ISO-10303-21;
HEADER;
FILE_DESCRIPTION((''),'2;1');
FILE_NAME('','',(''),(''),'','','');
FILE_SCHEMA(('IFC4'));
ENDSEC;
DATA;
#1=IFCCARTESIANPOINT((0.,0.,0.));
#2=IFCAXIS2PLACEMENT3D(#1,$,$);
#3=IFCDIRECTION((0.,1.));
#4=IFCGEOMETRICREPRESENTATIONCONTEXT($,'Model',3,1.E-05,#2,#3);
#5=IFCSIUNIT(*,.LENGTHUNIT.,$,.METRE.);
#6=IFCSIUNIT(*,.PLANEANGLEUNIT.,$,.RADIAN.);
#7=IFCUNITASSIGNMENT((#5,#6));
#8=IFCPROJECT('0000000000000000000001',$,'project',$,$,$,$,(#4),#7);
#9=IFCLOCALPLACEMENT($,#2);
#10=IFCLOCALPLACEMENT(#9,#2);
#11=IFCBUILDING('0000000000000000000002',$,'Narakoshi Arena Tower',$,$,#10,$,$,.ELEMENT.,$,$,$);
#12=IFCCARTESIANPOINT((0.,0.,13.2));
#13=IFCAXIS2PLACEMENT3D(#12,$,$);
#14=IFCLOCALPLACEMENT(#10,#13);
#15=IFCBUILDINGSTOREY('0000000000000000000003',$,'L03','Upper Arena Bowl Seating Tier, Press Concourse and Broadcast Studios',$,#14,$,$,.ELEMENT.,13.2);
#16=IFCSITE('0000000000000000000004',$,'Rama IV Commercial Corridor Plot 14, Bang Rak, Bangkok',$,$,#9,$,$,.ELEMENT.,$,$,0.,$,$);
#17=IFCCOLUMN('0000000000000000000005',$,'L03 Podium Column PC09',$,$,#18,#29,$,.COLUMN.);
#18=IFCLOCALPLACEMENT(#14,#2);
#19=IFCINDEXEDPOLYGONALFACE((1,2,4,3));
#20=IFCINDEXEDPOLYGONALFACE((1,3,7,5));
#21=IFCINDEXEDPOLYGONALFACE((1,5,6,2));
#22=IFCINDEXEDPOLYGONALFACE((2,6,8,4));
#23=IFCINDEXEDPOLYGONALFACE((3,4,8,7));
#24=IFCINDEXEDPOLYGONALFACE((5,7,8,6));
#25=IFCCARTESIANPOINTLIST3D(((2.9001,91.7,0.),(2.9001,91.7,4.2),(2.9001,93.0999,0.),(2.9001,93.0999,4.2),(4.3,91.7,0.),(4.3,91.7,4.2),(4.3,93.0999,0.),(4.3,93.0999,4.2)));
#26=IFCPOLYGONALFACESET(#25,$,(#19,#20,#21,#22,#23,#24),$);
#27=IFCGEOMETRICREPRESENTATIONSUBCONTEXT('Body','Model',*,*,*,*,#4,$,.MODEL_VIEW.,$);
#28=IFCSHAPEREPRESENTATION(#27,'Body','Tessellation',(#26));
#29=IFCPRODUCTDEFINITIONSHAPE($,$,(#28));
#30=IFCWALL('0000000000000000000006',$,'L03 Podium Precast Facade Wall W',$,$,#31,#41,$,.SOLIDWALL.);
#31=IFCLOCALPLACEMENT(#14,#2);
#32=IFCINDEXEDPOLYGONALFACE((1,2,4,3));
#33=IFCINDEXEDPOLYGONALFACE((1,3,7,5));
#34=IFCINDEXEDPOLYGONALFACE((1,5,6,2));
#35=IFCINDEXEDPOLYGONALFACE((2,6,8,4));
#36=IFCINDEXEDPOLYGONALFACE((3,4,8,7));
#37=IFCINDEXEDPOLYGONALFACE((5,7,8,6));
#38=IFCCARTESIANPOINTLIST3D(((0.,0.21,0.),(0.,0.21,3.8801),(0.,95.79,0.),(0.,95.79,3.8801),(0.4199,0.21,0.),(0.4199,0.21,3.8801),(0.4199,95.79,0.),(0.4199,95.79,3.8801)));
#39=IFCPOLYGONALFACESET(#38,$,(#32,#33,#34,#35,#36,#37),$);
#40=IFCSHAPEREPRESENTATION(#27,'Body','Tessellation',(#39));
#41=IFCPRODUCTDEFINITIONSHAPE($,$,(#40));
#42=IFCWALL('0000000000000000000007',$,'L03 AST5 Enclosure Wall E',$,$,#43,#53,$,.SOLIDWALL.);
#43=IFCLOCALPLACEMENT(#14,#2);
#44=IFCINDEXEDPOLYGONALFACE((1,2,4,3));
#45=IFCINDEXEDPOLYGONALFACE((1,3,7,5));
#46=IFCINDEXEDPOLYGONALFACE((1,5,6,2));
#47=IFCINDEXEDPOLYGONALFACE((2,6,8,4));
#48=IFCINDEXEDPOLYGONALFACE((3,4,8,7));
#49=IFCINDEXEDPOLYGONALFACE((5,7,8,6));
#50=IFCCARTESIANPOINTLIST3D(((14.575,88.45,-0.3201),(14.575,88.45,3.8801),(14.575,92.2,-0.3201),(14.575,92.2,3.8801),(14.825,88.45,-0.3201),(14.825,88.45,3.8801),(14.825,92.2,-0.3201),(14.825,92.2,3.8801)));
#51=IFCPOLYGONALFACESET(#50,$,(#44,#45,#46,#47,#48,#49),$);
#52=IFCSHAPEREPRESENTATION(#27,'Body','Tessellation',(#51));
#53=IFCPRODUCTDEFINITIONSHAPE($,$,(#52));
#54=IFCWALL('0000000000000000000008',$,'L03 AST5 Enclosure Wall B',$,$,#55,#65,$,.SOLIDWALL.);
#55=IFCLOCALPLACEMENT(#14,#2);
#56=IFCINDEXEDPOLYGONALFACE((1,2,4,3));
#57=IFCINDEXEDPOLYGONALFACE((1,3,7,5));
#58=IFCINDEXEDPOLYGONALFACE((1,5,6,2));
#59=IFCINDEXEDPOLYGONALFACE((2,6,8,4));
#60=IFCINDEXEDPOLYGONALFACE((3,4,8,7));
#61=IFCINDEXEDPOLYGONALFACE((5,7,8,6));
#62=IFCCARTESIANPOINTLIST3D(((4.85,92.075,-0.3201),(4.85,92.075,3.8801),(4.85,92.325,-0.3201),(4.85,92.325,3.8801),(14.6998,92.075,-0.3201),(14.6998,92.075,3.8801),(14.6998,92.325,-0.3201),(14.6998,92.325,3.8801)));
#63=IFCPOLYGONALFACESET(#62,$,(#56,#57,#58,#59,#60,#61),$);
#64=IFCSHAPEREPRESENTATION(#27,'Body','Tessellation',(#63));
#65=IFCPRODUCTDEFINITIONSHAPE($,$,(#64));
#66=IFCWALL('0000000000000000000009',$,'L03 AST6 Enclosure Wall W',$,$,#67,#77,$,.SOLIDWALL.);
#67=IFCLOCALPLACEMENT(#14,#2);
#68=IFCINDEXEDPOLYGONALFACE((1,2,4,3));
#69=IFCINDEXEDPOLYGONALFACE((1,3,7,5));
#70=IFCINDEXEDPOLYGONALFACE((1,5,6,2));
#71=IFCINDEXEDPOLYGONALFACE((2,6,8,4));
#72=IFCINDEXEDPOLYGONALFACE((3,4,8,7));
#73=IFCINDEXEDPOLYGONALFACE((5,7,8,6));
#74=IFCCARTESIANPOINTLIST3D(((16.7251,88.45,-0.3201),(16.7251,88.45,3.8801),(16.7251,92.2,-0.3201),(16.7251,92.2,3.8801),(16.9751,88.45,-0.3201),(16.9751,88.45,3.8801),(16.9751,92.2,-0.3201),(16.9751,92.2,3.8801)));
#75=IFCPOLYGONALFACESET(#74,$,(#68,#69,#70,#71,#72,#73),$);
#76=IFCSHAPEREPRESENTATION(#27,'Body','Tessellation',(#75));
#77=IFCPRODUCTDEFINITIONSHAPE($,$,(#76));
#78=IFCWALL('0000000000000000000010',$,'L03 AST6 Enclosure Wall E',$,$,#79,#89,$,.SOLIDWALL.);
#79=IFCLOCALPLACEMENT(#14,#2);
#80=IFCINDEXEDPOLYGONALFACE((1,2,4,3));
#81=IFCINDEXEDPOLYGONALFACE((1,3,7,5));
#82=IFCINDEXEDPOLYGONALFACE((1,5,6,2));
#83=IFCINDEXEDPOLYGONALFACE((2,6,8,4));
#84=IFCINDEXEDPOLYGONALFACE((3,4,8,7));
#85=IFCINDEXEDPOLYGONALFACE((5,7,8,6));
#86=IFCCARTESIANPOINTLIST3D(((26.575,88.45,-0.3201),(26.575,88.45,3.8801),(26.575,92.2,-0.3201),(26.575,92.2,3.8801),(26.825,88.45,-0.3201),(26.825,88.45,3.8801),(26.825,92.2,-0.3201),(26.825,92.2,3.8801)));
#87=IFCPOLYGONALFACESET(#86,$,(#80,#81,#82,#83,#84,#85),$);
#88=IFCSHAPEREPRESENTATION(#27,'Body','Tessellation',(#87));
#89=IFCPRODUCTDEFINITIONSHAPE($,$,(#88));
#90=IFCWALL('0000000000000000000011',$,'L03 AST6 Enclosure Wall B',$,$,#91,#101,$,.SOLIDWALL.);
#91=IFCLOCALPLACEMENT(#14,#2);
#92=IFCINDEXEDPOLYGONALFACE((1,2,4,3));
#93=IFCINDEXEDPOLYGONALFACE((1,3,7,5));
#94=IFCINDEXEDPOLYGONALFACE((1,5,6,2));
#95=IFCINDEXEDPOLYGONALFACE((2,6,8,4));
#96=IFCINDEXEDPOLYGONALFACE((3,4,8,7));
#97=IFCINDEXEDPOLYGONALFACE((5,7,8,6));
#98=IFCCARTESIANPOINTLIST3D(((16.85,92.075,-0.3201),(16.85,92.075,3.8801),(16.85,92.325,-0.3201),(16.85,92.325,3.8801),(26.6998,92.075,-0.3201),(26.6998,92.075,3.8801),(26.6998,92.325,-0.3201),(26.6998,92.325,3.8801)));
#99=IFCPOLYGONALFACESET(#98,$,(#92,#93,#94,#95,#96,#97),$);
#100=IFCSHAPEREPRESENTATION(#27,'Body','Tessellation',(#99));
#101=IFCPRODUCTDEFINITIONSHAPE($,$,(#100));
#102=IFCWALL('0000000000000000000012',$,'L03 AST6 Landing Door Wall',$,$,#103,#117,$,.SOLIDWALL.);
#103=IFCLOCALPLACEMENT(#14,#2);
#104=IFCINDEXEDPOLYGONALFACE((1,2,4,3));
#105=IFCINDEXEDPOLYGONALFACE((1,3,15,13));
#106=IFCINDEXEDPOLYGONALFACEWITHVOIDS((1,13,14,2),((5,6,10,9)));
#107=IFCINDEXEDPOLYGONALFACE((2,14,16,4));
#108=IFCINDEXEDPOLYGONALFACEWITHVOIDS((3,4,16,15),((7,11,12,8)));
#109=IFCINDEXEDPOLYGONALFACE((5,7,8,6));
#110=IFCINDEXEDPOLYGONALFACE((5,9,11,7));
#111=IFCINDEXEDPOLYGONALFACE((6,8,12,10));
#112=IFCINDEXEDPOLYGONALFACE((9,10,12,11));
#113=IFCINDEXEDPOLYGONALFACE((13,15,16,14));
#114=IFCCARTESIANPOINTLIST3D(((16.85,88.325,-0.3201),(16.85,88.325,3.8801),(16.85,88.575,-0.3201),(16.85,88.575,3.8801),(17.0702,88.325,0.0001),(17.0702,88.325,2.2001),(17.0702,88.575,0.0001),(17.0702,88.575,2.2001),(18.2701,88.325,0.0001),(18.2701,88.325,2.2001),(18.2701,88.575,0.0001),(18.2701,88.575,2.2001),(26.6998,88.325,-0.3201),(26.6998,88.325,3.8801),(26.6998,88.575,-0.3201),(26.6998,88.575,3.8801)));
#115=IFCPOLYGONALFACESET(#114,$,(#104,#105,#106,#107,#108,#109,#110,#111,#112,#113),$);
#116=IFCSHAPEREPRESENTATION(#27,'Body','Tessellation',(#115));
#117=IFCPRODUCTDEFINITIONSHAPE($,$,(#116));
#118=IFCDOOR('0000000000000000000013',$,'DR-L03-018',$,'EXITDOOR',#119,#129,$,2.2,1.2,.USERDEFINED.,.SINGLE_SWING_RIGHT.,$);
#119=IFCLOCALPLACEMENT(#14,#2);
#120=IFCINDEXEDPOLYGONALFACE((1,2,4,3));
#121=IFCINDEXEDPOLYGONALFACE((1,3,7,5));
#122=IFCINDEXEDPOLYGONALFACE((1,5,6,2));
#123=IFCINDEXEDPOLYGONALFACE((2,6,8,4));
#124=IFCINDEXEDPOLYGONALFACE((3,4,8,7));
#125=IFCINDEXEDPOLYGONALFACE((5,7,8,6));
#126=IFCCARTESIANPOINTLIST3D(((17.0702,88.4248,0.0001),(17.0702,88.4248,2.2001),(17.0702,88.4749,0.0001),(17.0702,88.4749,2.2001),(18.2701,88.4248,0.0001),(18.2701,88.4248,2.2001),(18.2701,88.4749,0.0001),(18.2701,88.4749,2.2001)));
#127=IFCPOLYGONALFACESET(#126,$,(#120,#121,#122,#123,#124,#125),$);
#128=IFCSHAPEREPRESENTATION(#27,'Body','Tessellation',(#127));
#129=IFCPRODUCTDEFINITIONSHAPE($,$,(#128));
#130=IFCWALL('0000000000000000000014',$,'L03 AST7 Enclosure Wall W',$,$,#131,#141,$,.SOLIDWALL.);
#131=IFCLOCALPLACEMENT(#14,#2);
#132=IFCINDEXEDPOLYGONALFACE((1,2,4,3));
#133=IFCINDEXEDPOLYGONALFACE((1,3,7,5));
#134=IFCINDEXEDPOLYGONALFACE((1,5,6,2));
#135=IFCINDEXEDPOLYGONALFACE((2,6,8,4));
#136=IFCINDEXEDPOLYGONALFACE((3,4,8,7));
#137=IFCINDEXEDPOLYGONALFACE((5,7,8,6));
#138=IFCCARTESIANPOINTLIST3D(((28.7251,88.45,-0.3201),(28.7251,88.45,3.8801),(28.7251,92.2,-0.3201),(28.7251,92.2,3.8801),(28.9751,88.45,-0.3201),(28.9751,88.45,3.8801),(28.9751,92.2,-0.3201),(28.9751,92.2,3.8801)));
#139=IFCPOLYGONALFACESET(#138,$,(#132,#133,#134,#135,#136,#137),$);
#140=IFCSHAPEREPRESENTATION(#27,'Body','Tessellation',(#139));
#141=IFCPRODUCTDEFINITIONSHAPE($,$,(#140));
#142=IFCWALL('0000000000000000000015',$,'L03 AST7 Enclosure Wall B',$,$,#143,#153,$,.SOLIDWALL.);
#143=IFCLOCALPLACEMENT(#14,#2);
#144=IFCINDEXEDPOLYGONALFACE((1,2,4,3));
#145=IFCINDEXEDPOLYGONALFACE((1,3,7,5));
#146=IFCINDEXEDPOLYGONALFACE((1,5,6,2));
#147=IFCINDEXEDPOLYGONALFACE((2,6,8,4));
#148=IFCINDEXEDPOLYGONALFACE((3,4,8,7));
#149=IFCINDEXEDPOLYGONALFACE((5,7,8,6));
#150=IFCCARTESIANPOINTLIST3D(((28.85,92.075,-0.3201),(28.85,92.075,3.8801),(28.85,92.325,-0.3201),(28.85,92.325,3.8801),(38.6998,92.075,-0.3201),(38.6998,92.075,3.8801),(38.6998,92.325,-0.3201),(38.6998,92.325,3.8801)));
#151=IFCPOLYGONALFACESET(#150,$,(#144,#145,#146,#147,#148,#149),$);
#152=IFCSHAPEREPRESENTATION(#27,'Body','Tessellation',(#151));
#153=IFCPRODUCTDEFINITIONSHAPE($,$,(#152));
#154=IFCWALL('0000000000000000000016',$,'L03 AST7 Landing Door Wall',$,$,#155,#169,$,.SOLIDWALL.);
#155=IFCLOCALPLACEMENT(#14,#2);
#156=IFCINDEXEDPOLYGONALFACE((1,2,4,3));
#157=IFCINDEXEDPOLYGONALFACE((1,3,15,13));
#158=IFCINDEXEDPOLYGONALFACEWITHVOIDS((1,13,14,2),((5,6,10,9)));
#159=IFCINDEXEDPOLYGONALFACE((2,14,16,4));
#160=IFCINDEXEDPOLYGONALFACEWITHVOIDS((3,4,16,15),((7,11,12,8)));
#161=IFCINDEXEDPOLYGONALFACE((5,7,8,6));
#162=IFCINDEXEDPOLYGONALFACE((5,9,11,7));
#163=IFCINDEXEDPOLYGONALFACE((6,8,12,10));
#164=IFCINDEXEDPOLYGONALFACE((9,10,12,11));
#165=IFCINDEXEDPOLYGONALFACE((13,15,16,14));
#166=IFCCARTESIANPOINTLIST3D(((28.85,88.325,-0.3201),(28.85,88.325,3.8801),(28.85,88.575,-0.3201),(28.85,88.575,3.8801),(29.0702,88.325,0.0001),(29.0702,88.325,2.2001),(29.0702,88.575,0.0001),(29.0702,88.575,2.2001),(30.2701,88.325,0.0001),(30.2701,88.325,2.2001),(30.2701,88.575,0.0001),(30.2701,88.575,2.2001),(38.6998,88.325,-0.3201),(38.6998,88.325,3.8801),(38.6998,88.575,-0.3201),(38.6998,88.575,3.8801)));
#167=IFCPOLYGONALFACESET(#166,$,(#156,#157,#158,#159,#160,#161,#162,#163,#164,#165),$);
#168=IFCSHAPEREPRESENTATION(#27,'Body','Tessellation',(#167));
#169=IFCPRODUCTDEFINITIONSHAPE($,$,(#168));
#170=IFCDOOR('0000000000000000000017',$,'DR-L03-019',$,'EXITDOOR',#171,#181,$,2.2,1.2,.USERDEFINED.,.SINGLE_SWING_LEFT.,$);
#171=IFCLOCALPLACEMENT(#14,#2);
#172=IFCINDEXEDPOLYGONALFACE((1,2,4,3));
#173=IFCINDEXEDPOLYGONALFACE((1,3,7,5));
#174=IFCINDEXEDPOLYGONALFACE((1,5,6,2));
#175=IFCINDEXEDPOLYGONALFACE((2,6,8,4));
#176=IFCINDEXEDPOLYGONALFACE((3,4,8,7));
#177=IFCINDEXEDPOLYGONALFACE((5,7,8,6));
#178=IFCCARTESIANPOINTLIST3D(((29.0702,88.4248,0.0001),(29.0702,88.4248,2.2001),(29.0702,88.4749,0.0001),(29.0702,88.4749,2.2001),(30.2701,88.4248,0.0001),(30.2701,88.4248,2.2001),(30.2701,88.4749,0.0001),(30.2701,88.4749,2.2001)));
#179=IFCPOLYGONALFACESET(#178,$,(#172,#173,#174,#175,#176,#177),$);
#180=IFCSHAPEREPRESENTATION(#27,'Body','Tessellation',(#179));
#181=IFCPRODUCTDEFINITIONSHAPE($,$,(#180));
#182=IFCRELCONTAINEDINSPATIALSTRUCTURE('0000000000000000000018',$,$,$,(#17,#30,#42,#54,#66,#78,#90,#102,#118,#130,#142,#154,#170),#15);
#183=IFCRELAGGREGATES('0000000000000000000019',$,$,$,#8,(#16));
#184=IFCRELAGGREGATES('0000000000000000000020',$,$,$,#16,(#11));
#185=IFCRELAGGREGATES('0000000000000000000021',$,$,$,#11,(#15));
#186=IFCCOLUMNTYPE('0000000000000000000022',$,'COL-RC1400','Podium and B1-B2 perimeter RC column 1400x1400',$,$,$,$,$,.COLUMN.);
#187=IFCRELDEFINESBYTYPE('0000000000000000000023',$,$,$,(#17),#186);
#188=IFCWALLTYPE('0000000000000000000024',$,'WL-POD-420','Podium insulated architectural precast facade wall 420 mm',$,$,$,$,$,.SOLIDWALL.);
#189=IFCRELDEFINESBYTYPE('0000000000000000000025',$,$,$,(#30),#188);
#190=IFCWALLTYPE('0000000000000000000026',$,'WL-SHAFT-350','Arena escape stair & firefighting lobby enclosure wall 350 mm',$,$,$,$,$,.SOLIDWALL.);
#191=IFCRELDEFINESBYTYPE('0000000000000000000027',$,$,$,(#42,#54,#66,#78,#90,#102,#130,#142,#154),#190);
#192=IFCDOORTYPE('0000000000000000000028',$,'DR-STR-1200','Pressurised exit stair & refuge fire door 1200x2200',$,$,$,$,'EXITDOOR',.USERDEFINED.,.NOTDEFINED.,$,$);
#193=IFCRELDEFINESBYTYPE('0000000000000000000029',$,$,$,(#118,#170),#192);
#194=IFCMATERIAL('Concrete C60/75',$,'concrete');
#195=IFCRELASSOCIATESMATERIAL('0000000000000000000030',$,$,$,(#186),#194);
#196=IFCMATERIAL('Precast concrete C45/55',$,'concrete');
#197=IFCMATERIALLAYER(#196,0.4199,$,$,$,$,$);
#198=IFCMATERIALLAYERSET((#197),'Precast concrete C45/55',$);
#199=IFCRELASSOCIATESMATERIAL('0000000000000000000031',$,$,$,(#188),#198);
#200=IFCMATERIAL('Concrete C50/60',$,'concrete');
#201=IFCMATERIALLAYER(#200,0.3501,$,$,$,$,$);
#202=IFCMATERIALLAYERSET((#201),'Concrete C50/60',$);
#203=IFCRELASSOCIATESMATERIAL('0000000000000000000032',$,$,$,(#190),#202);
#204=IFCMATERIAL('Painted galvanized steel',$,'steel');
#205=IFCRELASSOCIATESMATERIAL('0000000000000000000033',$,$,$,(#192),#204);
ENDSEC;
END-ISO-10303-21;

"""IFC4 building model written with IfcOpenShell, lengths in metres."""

from ifc_helpers import new_model, si_unit, direction, frame, frame_2d, origin, origin_2d, place, context, subcontext, project, spatial, rectangle, extrude, material, layer, layer_set, material_profile, profile_set, type_object, element, fill, save


model = new_model("IFC4")

# Units and contexts
model_context = context("Model", 3, precision=1e-05, world=origin(), true_north=direction((0.0, 1.0)))
body_context = subcontext(model_context, "Body", "Model", "MODEL_VIEW")
ifc_project = project(units=[si_unit("LENGTHUNIT", "METRE"), si_unit("PLANEANGLEUNIT", "RADIAN")], contexts=[model_context])

# Site, building, storey
site_placement = place(None, origin())
site = spatial("IfcSite", under=ifc_project, at=site_placement, Name="Rama IV Commercial Corridor Plot 14, Bang Rak, Bangkok", CompositionType="ELEMENT", RefElevation=0.0)
building_placement = place(site_placement, origin())
building = spatial("IfcBuilding", under=site, at=building_placement, Name="Narakoshi Arena Tower", CompositionType="ELEMENT")
storey_placement = place(building_placement, frame((0.0, 0.0, 13.2)))
storey = spatial("IfcBuildingStorey", under=building, at=storey_placement, Name="L03", Description="Upper Arena Bowl Seating Tier, Press Concourse and Broadcast Studios", CompositionType="ELEMENT", Elevation=13.2)

# Column
ifc_material_1 = material(Name="Concrete C60/75", Category="concrete")
ifc_material_profile = material_profile(ifc_material_1, rectangle(XDim=1.3999, YDim=1.3999, at=origin_2d()), Name="RC1400x1400")
ifc_profile_set = profile_set([ifc_material_profile], Name="Concrete C60/75")
column_type = type_object("IfcColumnType", Name="COL-RC1400", Description="Podium and B1-B2 perimeter RC column 1400x1400", PredefinedType="COLUMN", material=ifc_profile_set)
column_placement = place(storey_placement, frame((3.6001, 92.3999, 0.0), z_axis=(0.0, 0.0, 1.0), x_axis=(1.0, 0.0, 0.0)))
element("IfcColumn", 1, at=column_placement, inside=storey, type_object=column_type, Name="L03 Podium Column PC09", PredefinedType="COLUMN", context=body_context, shape_type="SweptSolid", body=[
    extrude(rectangle(XDim=1.3999, YDim=1.3999, at=origin_2d()), origin(), (0.0, 0.0, 1.0), 4.2),
])

# Walls
ifc_material_2 = material(Name="Precast concrete C45/55", Category="concrete")
ifc_layer_1 = layer(ifc_material_2, 0.4199)
ifc_layer_set_1 = layer_set([ifc_layer_1], Name="Precast concrete C45/55")
wall_type_1 = type_object("IfcWallType", Name="WL-POD-420", Description="Podium insulated architectural precast facade wall 420 mm", PredefinedType="SOLIDWALL", material=ifc_layer_set_1)
wall_1_placement = place(storey_placement, frame((0.21, 95.79, 0.0), z_axis=(0.0, 0.0, 1.0), x_axis=(0.0, -1.0, 0.0)))
element("IfcWall", 2, at=wall_1_placement, inside=storey, type_object=wall_type_1, Name="L03 Podium Precast Facade Wall W", PredefinedType="SOLIDWALL", context=body_context, shape_type="SweptSolid", body=[
    extrude(rectangle(XDim=95.5801, YDim=0.4199, at=frame_2d((47.79, 0.0))), origin(), (0.0, 0.0, 1.0), 3.8801),
])
ifc_material_3 = material(Name="Concrete C50/60", Category="concrete")
ifc_layer_2 = layer(ifc_material_3, 0.3501)
ifc_layer_set_2 = layer_set([ifc_layer_2], Name="Concrete C50/60")
wall_type_2 = type_object("IfcWallType", Name="WL-SHAFT-350", Description="Arena escape stair & firefighting lobby enclosure wall 350 mm", PredefinedType="SOLIDWALL", material=ifc_layer_set_2)
wall_2_placement = place(storey_placement, frame((14.7, 88.45, -0.3201), z_axis=(0.0, 0.0, 1.0), x_axis=(0.0, 1.0, 0.0)))
element("IfcWall", 3, at=wall_2_placement, inside=storey, type_object=wall_type_2, Name="L03 AST5 Enclosure Wall E", PredefinedType="SOLIDWALL", context=body_context, shape_type="SweptSolid", body=[
    extrude(rectangle(XDim=3.75, YDim=0.25, at=frame_2d((1.875, 0.0))), origin(), (0.0, 0.0, 1.0), 4.2002),
])
wall_3_placement = place(storey_placement, frame((4.8501, 92.2, -0.3201), z_axis=(0.0, 0.0, 1.0), x_axis=(1.0, 0.0, 0.0)))
element("IfcWall", 4, at=wall_3_placement, inside=storey, type_object=wall_type_2, Name="L03 AST5 Enclosure Wall B", PredefinedType="SOLIDWALL", context=body_context, shape_type="SweptSolid", body=[
    extrude(rectangle(XDim=9.8499, YDim=0.25, at=frame_2d((4.9248, 0.0))), origin(), (0.0, 0.0, 1.0), 4.2002),
])
for number, where, z_axis, x_axis, name in (
    (5, (16.8501, 88.45, -0.3201), (0.0, 0.0, 1.0), (0.0, 1.0, 0.0), "L03 AST6 Enclosure Wall W"),
    (6, (26.7, 88.45, -0.3201), (0.0, 0.0, 1.0), (0.0, 1.0, 0.0), "L03 AST6 Enclosure Wall E"),
):
    element("IfcWall", number, at=place(storey_placement, frame(where, z_axis=z_axis, x_axis=x_axis)), inside=storey, type_object=wall_type_2, Name=name, PredefinedType="SOLIDWALL", context=body_context, shape_type="SweptSolid", body=[
        extrude(rectangle(XDim=3.75, YDim=0.25, at=frame_2d((1.875, 0.0))), origin(), (0.0, 0.0, 1.0), 4.2002),
    ])
wall_4_placement = place(storey_placement, frame((16.8501, 92.2, -0.3201), z_axis=(0.0, 0.0, 1.0), x_axis=(1.0, 0.0, 0.0)))
element("IfcWall", 7, at=wall_4_placement, inside=storey, type_object=wall_type_2, Name="L03 AST6 Enclosure Wall B", PredefinedType="SOLIDWALL", context=body_context, shape_type="SweptSolid", body=[
    extrude(rectangle(XDim=9.8499, YDim=0.25, at=frame_2d((4.9248, 0.0))), origin(), (0.0, 0.0, 1.0), 4.2002),
])

# Wall, opening, door
wall_5_placement = place(storey_placement, frame((16.8501, 88.45, -0.3201), z_axis=(0.0, 0.0, 1.0), x_axis=(1.0, 0.0, 0.0)))
wall_5 = element("IfcWall", 8, at=wall_5_placement, inside=storey, type_object=wall_type_2, Name="L03 AST6 Landing Door Wall", PredefinedType="SOLIDWALL", context=body_context, shape_type="SweptSolid", body=[
    extrude(rectangle(XDim=9.8499, YDim=0.25, at=frame_2d((4.9248, 0.0))), origin(), (0.0, 0.0, 1.0), 4.2002),
])
opening_1_placement = place(wall_5_placement, frame((0.22, 0.0, 0.3201)))
opening_1 = element("IfcOpeningElement", 9, at=opening_1_placement, cuts=wall_5, PredefinedType="OPENING", context=body_context, shape_type="SweptSolid", body=[
    extrude(rectangle(XDim=1.2, YDim=2.2, at=frame_2d((0.6001, 1.1001))), frame((0.0, 0.135, 0.0), z_axis=(0.0, -1.0, 0.0), x_axis=(1.0, 0.0, 0.0)), (0.0, 0.0, 1.0), 0.27),
])
ifc_material_4 = material(Name="Painted galvanized steel", Category="steel")
door_type = type_object("IfcDoorType", Name="DR-STR-1200", Description="Pressurised exit stair & refuge fire door 1200x2200", ElementType="EXITDOOR", OperationType="NOTDEFINED", PredefinedType="USERDEFINED", material=ifc_material_4)
door_1_placement = place(opening_1_placement, origin())
door_1 = element("IfcDoor", 10, at=door_1_placement, inside=storey, type_object=door_type, Name="DR-L03-018", ObjectType="EXITDOOR", OperationType="SINGLE_SWING_RIGHT", OverallHeight=2.2, OverallWidth=1.2, PredefinedType="USERDEFINED", context=body_context, shape_type="SweptSolid", body=[
    extrude(rectangle(XDim=1.2, YDim=2.2, at=frame_2d((0.6001, 1.1001))), frame((0.0, 0.0249, 0.0), z_axis=(0.0, -1.0, 0.0), x_axis=(1.0, 0.0, 0.0)), (0.0, 0.0, 1.0), 0.05),
])
fill(opening_1, door_1)

# Walls
wall_6_placement = place(storey_placement, frame((28.8501, 88.45, -0.3201), z_axis=(0.0, 0.0, 1.0), x_axis=(0.0, 1.0, 0.0)))
element("IfcWall", 11, at=wall_6_placement, inside=storey, type_object=wall_type_2, Name="L03 AST7 Enclosure Wall W", PredefinedType="SOLIDWALL", context=body_context, shape_type="SweptSolid", body=[
    extrude(rectangle(XDim=3.75, YDim=0.25, at=frame_2d((1.875, 0.0))), origin(), (0.0, 0.0, 1.0), 4.2002),
])
wall_7_placement = place(storey_placement, frame((28.8501, 92.2, -0.3201), z_axis=(0.0, 0.0, 1.0), x_axis=(1.0, 0.0, 0.0)))
element("IfcWall", 12, at=wall_7_placement, inside=storey, type_object=wall_type_2, Name="L03 AST7 Enclosure Wall B", PredefinedType="SOLIDWALL", context=body_context, shape_type="SweptSolid", body=[
    extrude(rectangle(XDim=9.8499, YDim=0.25, at=frame_2d((4.9248, 0.0))), origin(), (0.0, 0.0, 1.0), 4.2002),
])

# Wall, opening, door
wall_8_placement = place(storey_placement, frame((28.8501, 88.45, -0.3201), z_axis=(0.0, 0.0, 1.0), x_axis=(1.0, 0.0, 0.0)))
wall_8 = element("IfcWall", 13, at=wall_8_placement, inside=storey, type_object=wall_type_2, Name="L03 AST7 Landing Door Wall", PredefinedType="SOLIDWALL", context=body_context, shape_type="SweptSolid", body=[
    extrude(rectangle(XDim=9.8499, YDim=0.25, at=frame_2d((4.9248, 0.0))), origin(), (0.0, 0.0, 1.0), 4.2002),
])
opening_2_placement = place(wall_8_placement, frame((0.22, 0.0, 0.3201)))
opening_2 = element("IfcOpeningElement", 14, at=opening_2_placement, cuts=wall_8, PredefinedType="OPENING", context=body_context, shape_type="SweptSolid", body=[
    extrude(rectangle(XDim=1.2, YDim=2.2, at=frame_2d((0.6001, 1.1001))), frame((0.0, 0.135, 0.0), z_axis=(0.0, -1.0, 0.0), x_axis=(1.0, 0.0, 0.0)), (0.0, 0.0, 1.0), 0.27),
])
door_2_placement = place(opening_2_placement, origin())
door_2 = element("IfcDoor", 15, at=door_2_placement, inside=storey, type_object=door_type, Name="DR-L03-019", ObjectType="EXITDOOR", OperationType="SINGLE_SWING_LEFT", OverallHeight=2.2, OverallWidth=1.2, PredefinedType="USERDEFINED", context=body_context, shape_type="SweptSolid", body=[
    extrude(rectangle(XDim=1.2, YDim=2.2, at=frame_2d((0.6001, 1.1001))), frame((0.0, 0.0249, 0.0), z_axis=(0.0, -1.0, 0.0), x_axis=(1.0, 0.0, 0.0)), (0.0, 0.0, 1.0), 0.05),
])
fill(opening_2, door_2)

save(model, "model.ifc")
